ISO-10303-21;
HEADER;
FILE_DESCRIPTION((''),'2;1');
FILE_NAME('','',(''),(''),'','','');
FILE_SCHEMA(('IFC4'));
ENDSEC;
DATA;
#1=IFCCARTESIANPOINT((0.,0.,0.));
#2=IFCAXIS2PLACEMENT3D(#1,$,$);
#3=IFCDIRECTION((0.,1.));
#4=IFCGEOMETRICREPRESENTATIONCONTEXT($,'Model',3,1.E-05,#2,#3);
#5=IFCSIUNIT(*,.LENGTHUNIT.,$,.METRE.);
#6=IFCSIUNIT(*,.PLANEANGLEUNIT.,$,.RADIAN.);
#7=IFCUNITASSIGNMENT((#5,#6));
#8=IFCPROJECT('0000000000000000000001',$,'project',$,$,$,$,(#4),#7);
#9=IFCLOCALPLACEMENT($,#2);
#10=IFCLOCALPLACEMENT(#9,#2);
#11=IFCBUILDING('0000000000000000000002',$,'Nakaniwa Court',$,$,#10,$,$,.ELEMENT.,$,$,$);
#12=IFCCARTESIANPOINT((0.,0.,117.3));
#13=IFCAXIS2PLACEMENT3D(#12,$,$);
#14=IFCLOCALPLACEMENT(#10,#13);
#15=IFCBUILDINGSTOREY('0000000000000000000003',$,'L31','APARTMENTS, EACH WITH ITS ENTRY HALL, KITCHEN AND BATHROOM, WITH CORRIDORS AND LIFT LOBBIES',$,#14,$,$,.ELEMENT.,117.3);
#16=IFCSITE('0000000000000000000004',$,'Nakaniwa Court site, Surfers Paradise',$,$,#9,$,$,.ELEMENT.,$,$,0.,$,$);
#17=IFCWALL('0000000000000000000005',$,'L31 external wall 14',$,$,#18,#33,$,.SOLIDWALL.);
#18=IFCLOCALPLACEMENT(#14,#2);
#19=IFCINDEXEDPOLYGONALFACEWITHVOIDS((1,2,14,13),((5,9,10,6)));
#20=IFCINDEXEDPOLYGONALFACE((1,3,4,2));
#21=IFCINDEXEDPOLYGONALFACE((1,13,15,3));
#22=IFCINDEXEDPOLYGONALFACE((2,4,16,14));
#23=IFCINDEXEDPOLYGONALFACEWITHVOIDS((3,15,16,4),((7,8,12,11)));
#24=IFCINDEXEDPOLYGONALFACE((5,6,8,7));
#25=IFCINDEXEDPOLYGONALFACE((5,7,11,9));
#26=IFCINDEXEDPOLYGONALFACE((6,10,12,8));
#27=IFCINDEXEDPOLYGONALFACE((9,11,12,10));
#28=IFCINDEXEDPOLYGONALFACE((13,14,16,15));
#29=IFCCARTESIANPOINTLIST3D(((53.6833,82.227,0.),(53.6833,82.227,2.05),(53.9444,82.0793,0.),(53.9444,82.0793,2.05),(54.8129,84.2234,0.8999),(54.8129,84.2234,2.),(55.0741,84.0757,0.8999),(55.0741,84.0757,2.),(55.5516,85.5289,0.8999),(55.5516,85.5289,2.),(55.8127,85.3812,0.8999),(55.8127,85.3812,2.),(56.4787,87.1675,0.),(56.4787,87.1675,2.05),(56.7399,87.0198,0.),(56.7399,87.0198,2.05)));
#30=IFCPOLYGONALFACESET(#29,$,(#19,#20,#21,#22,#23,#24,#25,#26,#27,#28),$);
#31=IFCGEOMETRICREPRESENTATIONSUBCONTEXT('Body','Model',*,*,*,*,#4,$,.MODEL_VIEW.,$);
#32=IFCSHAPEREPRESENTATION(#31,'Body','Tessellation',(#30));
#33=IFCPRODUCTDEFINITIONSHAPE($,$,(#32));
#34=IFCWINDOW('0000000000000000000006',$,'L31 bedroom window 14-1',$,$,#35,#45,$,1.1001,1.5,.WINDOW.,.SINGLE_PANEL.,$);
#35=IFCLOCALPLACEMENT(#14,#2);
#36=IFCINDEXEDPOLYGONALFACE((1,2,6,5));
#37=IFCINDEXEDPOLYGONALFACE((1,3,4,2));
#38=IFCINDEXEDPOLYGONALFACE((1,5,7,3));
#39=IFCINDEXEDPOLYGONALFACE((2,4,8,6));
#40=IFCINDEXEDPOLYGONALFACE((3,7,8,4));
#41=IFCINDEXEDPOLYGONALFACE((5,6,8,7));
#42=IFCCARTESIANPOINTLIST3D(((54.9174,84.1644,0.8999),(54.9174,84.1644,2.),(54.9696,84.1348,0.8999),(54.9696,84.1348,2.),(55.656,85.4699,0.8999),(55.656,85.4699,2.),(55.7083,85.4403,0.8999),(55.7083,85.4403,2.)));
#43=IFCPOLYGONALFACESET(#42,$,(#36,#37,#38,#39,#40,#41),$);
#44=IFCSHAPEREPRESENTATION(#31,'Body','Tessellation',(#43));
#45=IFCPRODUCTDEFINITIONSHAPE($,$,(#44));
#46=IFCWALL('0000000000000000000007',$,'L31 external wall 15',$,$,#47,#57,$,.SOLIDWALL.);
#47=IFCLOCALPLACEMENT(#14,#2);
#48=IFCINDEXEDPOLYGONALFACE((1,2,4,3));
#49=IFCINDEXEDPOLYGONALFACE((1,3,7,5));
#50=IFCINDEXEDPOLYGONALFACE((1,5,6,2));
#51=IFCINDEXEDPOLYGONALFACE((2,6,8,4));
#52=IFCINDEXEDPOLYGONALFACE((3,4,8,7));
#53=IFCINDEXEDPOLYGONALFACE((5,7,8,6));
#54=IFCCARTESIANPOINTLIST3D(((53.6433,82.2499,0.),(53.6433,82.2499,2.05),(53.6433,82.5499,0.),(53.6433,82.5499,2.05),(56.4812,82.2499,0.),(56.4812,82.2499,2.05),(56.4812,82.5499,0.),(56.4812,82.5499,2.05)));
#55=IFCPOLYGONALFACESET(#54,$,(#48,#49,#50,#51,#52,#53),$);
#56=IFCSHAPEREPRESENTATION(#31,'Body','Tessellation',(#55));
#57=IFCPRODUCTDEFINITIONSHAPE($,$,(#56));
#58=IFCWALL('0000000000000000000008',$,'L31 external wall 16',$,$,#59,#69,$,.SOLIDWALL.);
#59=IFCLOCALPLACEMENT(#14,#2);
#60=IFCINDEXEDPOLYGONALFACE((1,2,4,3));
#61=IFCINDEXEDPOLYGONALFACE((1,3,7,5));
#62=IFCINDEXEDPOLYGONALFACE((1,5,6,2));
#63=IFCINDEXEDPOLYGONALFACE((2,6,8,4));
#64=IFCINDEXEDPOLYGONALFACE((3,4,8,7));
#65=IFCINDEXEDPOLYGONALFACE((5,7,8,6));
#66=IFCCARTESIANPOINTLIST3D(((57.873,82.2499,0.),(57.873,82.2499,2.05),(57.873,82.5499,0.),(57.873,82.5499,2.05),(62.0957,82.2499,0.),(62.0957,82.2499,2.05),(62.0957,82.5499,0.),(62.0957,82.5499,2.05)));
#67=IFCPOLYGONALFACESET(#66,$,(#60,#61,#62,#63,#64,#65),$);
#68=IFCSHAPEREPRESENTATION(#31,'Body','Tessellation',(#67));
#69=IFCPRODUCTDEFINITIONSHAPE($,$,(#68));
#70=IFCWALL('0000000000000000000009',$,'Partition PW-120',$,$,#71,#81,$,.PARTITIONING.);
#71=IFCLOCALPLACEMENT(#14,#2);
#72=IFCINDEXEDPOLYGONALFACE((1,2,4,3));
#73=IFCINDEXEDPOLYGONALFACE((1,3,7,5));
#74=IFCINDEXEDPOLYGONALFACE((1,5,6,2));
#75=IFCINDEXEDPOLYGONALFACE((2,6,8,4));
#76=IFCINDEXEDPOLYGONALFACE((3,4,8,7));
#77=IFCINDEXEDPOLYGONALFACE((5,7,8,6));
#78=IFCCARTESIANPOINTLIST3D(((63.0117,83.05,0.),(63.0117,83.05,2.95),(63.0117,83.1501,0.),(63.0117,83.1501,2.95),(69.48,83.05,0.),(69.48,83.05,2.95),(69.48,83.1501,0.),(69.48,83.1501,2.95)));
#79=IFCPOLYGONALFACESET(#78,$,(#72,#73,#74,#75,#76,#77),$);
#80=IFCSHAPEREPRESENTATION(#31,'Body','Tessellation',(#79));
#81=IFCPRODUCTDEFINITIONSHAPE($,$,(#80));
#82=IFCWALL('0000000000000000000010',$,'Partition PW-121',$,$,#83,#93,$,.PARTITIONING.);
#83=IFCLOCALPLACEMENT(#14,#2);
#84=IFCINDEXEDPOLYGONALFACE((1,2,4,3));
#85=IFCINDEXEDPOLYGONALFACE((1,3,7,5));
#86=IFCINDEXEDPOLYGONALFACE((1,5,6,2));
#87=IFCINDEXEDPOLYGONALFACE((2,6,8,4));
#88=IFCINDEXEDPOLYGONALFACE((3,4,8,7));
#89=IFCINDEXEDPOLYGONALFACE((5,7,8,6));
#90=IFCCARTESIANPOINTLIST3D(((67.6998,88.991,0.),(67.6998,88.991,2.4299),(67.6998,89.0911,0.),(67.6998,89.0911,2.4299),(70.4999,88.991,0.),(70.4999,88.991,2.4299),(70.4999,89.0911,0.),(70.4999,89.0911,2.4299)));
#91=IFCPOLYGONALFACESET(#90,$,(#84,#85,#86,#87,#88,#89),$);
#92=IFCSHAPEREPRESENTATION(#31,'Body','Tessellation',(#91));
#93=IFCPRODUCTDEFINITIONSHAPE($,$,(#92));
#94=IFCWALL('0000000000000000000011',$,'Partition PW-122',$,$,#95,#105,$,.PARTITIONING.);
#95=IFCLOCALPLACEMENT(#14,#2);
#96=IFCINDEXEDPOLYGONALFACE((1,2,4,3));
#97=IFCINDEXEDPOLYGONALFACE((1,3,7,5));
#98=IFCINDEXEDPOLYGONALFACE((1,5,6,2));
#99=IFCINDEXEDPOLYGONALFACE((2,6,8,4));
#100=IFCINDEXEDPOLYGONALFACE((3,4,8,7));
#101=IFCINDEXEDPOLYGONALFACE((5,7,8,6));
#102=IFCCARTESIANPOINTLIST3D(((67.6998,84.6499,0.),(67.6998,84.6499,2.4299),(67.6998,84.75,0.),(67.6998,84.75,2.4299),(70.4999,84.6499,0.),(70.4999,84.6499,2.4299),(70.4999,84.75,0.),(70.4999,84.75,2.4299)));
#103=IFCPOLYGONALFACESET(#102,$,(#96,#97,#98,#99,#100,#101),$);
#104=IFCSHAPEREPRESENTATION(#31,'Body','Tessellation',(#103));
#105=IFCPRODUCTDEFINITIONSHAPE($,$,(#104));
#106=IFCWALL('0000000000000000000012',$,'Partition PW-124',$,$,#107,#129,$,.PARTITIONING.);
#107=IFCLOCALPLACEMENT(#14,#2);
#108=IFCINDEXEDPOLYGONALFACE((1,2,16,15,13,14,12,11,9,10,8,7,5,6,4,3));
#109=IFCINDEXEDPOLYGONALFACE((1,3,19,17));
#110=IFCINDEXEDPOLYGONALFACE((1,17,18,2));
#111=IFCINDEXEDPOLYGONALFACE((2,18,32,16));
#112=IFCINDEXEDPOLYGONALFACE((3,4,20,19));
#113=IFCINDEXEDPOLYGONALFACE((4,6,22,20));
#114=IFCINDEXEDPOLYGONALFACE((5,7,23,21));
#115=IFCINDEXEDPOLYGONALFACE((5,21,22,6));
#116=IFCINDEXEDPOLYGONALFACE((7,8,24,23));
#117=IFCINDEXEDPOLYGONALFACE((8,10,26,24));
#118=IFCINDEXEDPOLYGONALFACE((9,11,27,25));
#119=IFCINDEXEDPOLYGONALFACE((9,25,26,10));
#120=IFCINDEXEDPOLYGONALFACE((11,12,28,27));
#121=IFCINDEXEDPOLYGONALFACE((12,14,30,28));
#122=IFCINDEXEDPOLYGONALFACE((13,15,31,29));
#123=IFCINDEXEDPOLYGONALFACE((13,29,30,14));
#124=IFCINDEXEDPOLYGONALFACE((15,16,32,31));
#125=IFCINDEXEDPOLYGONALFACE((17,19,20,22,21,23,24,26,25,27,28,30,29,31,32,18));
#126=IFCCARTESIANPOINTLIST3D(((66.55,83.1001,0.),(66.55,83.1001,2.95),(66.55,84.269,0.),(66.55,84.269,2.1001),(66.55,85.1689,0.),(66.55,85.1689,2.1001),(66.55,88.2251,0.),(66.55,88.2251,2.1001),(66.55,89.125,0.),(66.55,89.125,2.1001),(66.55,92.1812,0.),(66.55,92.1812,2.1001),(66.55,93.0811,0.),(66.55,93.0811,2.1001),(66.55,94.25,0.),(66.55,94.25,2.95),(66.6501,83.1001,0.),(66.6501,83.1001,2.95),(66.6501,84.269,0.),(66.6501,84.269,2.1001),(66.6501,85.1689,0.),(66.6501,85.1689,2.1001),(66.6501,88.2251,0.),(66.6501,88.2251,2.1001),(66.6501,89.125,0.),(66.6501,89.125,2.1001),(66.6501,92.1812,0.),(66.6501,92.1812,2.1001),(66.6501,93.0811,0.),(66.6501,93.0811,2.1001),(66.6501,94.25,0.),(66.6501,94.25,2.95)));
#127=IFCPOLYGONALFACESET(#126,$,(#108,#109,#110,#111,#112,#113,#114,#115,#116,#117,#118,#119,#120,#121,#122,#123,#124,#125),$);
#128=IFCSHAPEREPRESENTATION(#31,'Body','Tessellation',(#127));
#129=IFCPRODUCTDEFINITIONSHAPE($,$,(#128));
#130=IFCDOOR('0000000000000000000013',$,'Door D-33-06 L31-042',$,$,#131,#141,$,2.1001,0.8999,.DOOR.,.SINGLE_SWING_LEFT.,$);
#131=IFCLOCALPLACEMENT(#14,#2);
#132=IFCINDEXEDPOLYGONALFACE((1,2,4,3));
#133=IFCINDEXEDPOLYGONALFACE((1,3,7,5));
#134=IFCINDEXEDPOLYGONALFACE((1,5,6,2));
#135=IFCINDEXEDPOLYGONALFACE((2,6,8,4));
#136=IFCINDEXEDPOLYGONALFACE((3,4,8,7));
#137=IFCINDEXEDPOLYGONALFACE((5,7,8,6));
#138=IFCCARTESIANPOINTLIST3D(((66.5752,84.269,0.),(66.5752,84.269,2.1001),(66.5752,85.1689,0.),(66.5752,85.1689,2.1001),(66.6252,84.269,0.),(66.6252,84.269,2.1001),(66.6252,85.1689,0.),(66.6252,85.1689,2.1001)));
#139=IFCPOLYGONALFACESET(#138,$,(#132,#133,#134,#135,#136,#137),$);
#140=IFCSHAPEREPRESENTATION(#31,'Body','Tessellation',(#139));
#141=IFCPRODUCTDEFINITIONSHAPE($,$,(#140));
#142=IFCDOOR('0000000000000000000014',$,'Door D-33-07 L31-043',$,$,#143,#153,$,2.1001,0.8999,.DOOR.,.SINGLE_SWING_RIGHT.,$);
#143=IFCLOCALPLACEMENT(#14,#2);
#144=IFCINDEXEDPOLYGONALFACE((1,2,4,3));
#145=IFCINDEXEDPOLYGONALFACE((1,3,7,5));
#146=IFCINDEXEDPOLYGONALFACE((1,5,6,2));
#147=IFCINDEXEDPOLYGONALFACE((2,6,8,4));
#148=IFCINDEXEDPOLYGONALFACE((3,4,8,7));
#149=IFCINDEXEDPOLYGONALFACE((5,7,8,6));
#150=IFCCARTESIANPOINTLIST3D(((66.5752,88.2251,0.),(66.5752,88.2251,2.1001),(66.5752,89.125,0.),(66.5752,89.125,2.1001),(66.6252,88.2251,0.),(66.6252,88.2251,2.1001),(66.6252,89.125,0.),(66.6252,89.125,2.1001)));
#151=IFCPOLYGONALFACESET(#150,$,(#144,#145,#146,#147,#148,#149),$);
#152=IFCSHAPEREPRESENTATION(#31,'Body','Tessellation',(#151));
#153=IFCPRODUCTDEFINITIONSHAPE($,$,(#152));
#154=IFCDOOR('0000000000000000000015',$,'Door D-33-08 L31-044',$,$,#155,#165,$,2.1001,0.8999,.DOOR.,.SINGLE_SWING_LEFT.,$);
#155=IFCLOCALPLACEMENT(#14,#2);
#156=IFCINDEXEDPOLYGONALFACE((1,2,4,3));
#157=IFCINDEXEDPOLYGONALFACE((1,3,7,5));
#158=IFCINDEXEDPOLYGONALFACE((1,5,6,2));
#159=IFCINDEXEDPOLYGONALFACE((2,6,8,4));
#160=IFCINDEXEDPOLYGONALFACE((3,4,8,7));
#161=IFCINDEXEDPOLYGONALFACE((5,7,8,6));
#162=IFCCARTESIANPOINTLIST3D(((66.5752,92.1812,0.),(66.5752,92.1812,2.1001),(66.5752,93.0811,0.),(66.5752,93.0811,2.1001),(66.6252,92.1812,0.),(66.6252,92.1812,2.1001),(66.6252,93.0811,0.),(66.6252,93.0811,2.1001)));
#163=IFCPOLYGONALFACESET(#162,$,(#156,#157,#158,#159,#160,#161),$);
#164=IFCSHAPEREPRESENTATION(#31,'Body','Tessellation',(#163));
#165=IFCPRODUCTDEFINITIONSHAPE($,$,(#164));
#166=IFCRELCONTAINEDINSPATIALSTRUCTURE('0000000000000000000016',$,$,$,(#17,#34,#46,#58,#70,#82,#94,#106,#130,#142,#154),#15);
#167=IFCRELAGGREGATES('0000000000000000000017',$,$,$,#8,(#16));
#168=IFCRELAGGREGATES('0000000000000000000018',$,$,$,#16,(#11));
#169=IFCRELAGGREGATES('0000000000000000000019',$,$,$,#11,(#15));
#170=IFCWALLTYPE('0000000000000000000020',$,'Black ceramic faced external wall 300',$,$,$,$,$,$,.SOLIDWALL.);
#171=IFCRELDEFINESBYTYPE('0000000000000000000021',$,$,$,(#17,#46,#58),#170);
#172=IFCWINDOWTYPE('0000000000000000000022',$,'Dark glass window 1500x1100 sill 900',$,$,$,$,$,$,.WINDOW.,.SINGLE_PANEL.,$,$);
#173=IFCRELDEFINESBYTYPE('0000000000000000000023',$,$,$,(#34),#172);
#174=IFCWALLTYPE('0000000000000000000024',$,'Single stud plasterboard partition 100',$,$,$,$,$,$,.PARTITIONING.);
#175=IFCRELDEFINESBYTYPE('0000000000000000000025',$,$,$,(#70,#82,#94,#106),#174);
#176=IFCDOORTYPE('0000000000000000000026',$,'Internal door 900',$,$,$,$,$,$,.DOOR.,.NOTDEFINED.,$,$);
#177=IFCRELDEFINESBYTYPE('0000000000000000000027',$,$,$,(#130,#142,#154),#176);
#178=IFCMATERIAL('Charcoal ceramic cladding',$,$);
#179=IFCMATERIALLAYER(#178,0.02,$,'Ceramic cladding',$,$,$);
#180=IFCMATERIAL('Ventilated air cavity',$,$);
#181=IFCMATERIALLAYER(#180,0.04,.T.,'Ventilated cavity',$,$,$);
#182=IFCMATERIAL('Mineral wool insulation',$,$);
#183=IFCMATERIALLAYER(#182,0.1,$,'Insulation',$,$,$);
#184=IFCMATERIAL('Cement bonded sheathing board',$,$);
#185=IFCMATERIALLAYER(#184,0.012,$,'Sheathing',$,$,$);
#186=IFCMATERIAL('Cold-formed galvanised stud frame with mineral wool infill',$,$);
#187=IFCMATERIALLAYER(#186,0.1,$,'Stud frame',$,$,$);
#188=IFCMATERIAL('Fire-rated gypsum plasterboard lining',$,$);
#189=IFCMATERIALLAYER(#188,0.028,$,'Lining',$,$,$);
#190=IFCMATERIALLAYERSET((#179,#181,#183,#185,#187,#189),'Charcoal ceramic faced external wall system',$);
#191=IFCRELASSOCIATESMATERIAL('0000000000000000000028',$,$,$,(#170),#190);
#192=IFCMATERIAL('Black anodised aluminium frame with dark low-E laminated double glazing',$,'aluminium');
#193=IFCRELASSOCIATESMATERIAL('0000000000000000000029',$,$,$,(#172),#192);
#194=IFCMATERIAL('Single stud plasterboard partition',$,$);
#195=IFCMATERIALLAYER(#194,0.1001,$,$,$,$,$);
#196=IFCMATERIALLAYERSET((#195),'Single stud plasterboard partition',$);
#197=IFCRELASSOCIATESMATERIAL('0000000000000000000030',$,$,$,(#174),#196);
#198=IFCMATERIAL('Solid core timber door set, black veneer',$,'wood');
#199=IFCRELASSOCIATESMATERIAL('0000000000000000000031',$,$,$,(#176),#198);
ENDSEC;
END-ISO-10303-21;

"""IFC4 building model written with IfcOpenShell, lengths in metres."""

from ifc_helpers import new_model, si_unit, direction, frame, frame_2d, origin, place, context, subcontext, project, spatial, rectangle, extrude, material, layer, layer_set, type_object, element, fill, save


model = new_model("IFC4")

# Units and contexts
model_context = context("Model", 3, precision=1e-05, world=origin(), true_north=direction((0.0, 1.0)))
body_context = subcontext(model_context, "Body", "Model", "MODEL_VIEW")
ifc_project = project(units=[si_unit("LENGTHUNIT", "METRE"), si_unit("PLANEANGLEUNIT", "RADIAN")], contexts=[model_context])

# Site, building, storey
site_placement = place(None, origin())
site = spatial("IfcSite", under=ifc_project, at=site_placement, Name="Nakaniwa Court site, Surfers Paradise", CompositionType="ELEMENT", RefElevation=0.0)
building_placement = place(site_placement, origin())
building = spatial("IfcBuilding", under=site, at=building_placement, Name="Nakaniwa Court", CompositionType="ELEMENT")
storey_placement = place(building_placement, frame((0.0, 0.0, 117.3)))
storey = spatial("IfcBuildingStorey", under=building, at=storey_placement, Name="L31", Description="APARTMENTS, EACH WITH ITS ENTRY HALL, KITCHEN AND BATHROOM, WITH CORRIDORS AND LIFT LOBBIES", CompositionType="ELEMENT", Elevation=117.3)

# Shared definitions
ifc_material_1 = material(Name="Charcoal ceramic cladding")
ifc_layer_1 = layer(ifc_material_1, 0.02, Name="Ceramic cladding")
ifc_material_2 = material(Name="Ventilated air cavity")
ifc_layer_2 = layer(ifc_material_2, 0.04, ventilated=True, Name="Ventilated cavity")
ifc_material_3 = material(Name="Mineral wool insulation")
ifc_layer_3 = layer(ifc_material_3, 0.1, Name="Insulation")
ifc_material_4 = material(Name="Cement bonded sheathing board")
ifc_layer_4 = layer(ifc_material_4, 0.012, Name="Sheathing")
ifc_material_5 = material(Name="Cold-formed galvanised stud frame with mineral wool infill")
ifc_layer_5 = layer(ifc_material_5, 0.1, Name="Stud frame")
ifc_material_6 = material(Name="Fire-rated gypsum plasterboard lining")
ifc_layer_6 = layer(ifc_material_6, 0.028, Name="Lining")
ifc_layer_set_1 = layer_set([ifc_layer_1, ifc_layer_2, ifc_layer_3, ifc_layer_4, ifc_layer_5, ifc_layer_6], Name="Charcoal ceramic faced external wall system")
wall_type_1 = type_object("IfcWallType", Name="Black ceramic faced external wall 300", PredefinedType="SOLIDWALL", material=ifc_layer_set_1)

# Wall, opening, window
wall_1_placement = place(storey_placement, frame((56.6094, 87.0938, 0.0), z_axis=(0.0, 0.0, 1.0), x_axis=(-0.492457, -0.870337, 0.0)))
wall_1 = element("IfcWall", 1, at=wall_1_placement, inside=storey, type_object=wall_type_1, Name="L31 external wall 14", PredefinedType="SOLIDWALL", context=body_context, shape_type="SweptSolid", body=[
    extrude(rectangle(XDim=5.6765, YDim=0.3, at=frame_2d((2.8384, 0.0))), origin(), (0.0, 0.0, 1.0), 2.05),
])
opening_1_placement = place(wall_1_placement, frame((1.8828, 0.0, 0.8999)))
opening_1 = element("IfcOpeningElement", 2, at=opening_1_placement, cuts=wall_1, PredefinedType="OPENING", context=body_context, shape_type="SweptSolid", body=[
    extrude(rectangle(XDim=1.5, YDim=1.1001, at=frame_2d((0.75, 0.55))), frame((0.0, 0.1599, 0.0), z_axis=(0.0, -1.0, 0.0), x_axis=(1.0, 0.0, 0.0)), (0.0, 0.0, 1.0), 0.3201),
])
ifc_material_7 = material(Name="Black anodised aluminium frame with dark low-E laminated double glazing", Category="aluminium")
window_type = type_object("IfcWindowType", Name="Dark glass window 1500x1100 sill 900", PartitioningType="SINGLE_PANEL", PredefinedType="WINDOW", material=ifc_material_7)
window_placement = place(opening_1_placement, origin())
window = element("IfcWindow", 3, at=window_placement, inside=storey, type_object=window_type, Name="L31 bedroom window 14-1", OverallHeight=1.1001, OverallWidth=1.5, PartitioningType="SINGLE_PANEL", PredefinedType="WINDOW", context=body_context, shape_type="SweptSolid", body=[
    extrude(rectangle(XDim=1.5, YDim=1.1001, at=frame_2d((0.75, 0.55))), frame((0.0, 0.03, 0.0), z_axis=(0.0, -1.0, 0.0), x_axis=(1.0, 0.0, 0.0)), (0.0, 0.0, 1.0), 0.0601),
])
fill(opening_1, window)

# Walls
wall_2_placement = place(storey_placement, frame((53.6433, 82.3999, 0.0), z_axis=(0.0, 0.0, 1.0), x_axis=(1.0, 0.0, 0.0)))
element("IfcWall", 4, at=wall_2_placement, inside=storey, type_object=wall_type_1, Name="L31 external wall 15", PredefinedType="SOLIDWALL", context=body_context, shape_type="SweptSolid", body=[
    extrude(rectangle(XDim=2.8379, YDim=0.3, at=frame_2d((1.4189, 0.0))), origin(), (0.0, 0.0, 1.0), 2.05),
])
wall_3_placement = place(storey_placement, frame((57.873, 82.3999, 0.0), z_axis=(0.0, 0.0, 1.0), x_axis=(1.0, 0.0, 0.0)))
element("IfcWall", 5, at=wall_3_placement, inside=storey, type_object=wall_type_1, Name="L31 external wall 16", PredefinedType="SOLIDWALL", context=body_context, shape_type="SweptSolid", body=[
    extrude(rectangle(XDim=4.2227, YDim=0.3, at=frame_2d((2.1113, 0.0))), origin(), (0.0, 0.0, 1.0), 2.05),
])
ifc_material_8 = material(Name="Single stud plasterboard partition")
ifc_layer_7 = layer(ifc_material_8, 0.1001)
ifc_layer_set_2 = layer_set([ifc_layer_7], Name="Single stud plasterboard partition")
wall_type_2 = type_object("IfcWallType", Name="Single stud plasterboard partition 100", PredefinedType="PARTITIONING", material=ifc_layer_set_2)
wall_4_placement = place(storey_placement, frame((63.0117, 83.1001, 0.0), z_axis=(0.0, 0.0, 1.0), x_axis=(1.0, 0.0, 0.0)))
element("IfcWall", 6, at=wall_4_placement, inside=storey, type_object=wall_type_2, Name="Partition PW-120", PredefinedType="PARTITIONING", context=body_context, shape_type="SweptSolid", body=[
    extrude(rectangle(XDim=6.4683, YDim=0.1001, at=frame_2d((3.2341, 0.0))), origin(), (0.0, 0.0, 1.0), 2.95),
])
for number, where, z_axis, x_axis, name in (
    (7, (67.7, 89.041, 0.0), (0.0, 0.0, 1.0), (1.0, 0.0, 0.0), "Partition PW-121"),
    (8, (67.7, 84.7, 0.0), (0.0, 0.0, 1.0), (1.0, 0.0, 0.0), "Partition PW-122"),
):
    element("IfcWall", number, at=place(storey_placement, frame(where, z_axis=z_axis, x_axis=x_axis)), inside=storey, type_object=wall_type_2, Name=name, PredefinedType="PARTITIONING", context=body_context, shape_type="SweptSolid", body=[
        extrude(rectangle(XDim=2.8, YDim=0.1001, at=frame_2d((1.3999, 0.0))), origin(), (0.0, 0.0, 1.0), 2.4299),
    ])

# Wall, openings, doors
wall_5_placement = place(storey_placement, frame((66.6001, 83.1001, 0.0), z_axis=(0.0, 0.0, 1.0), x_axis=(0.0, 1.0, 0.0)))
wall_5 = element("IfcWall", 9, at=wall_5_placement, inside=storey, type_object=wall_type_2, Name="Partition PW-124", PredefinedType="PARTITIONING", context=body_context, shape_type="SweptSolid", body=[
    extrude(rectangle(XDim=11.1499, YDim=0.1001, at=frame_2d((5.575, 0.0))), origin(), (0.0, 0.0, 1.0), 2.95),
])
opening_2_placement = place(wall_5_placement, frame((1.1689, 0.0, 0.0)))
opening_2 = element("IfcOpeningElement", 10, at=opening_2_placement, cuts=wall_5, PredefinedType="OPENING", context=body_context, shape_type="SweptSolid", body=[
    extrude(rectangle(XDim=0.8999, YDim=2.1001, at=frame_2d((0.45, 1.05))), frame((0.0, 0.0601, 0.0), z_axis=(0.0, -1.0, 0.0), x_axis=(1.0, 0.0, 0.0)), (0.0, 0.0, 1.0), 0.1201),
])
opening_3_placement = place(wall_5_placement, frame((5.125, 0.0, 0.0)))
opening_3 = element("IfcOpeningElement", 11, at=opening_3_placement, cuts=wall_5, PredefinedType="OPENING", context=body_context, shape_type="SweptSolid", body=[
    extrude(rectangle(XDim=0.8999, YDim=2.1001, at=frame_2d((0.45, 1.05))), frame((0.0, 0.0601, 0.0), z_axis=(0.0, -1.0, 0.0), x_axis=(1.0, 0.0, 0.0)), (0.0, 0.0, 1.0), 0.1201),
])
opening_4_placement = place(wall_5_placement, frame((9.0811, 0.0, 0.0)))
opening_4 = element("IfcOpeningElement", 12, at=opening_4_placement, cuts=wall_5, PredefinedType="OPENING", context=body_context, shape_type="SweptSolid", body=[
    extrude(rectangle(XDim=0.8999, YDim=2.1001, at=frame_2d((0.45, 1.05))), frame((0.0, 0.0601, 0.0), z_axis=(0.0, -1.0, 0.0), x_axis=(1.0, 0.0, 0.0)), (0.0, 0.0, 1.0), 0.1201),
])
ifc_material_9 = material(Name="Solid core timber door set, black veneer", Category="wood")
door_type_1 = type_object("IfcDoorType", Name="Internal door 900", OperationType="NOTDEFINED", PredefinedType="DOOR", material=ifc_material_9)
door_1_placement = place(opening_2_placement, origin())
door_1 = element("IfcDoor", 13, at=door_1_placement, inside=storey, type_object=door_type_1, Name="Door D-33-06 L31-042", OperationType="SINGLE_SWING_LEFT", OverallHeight=2.1001, OverallWidth=0.8999, PredefinedType="DOOR", context=body_context, shape_type="SweptSolid", body=[
    extrude(rectangle(XDim=0.8999, YDim=2.1001, at=frame_2d((0.45, 1.05))), frame((0.0, 0.0249, 0.0), z_axis=(0.0, -1.0, 0.0), x_axis=(1.0, 0.0, 0.0)), (0.0, 0.0, 1.0), 0.05),
])
fill(opening_2, door_1)
door_2_placement = place(opening_3_placement, origin())
door_2 = element("IfcDoor", 14, at=door_2_placement, inside=storey, type_object=door_type_1, Name="Door D-33-07 L31-043", OperationType="SINGLE_SWING_RIGHT", OverallHeight=2.1001, OverallWidth=0.8999, PredefinedType="DOOR", context=body_context, shape_type="SweptSolid", body=[
    extrude(rectangle(XDim=0.8999, YDim=2.1001, at=frame_2d((0.45, 1.05))), frame((0.0, 0.0249, 0.0), z_axis=(0.0, -1.0, 0.0), x_axis=(1.0, 0.0, 0.0)), (0.0, 0.0, 1.0), 0.05),
])
fill(opening_3, door_2)
door_3_placement = place(opening_4_placement, origin())
door_3 = element("IfcDoor", 15, at=door_3_placement, inside=storey, type_object=door_type_1, Name="Door D-33-08 L31-044", OperationType="SINGLE_SWING_LEFT", OverallHeight=2.1001, OverallWidth=0.8999, PredefinedType="DOOR", context=body_context, shape_type="SweptSolid", body=[
    extrude(rectangle(XDim=0.8999, YDim=2.1001, at=frame_2d((0.45, 1.05))), frame((0.0, 0.0249, 0.0), z_axis=(0.0, -1.0, 0.0), x_axis=(1.0, 0.0, 0.0)), (0.0, 0.0, 1.0), 0.05),
])
fill(opening_4, door_3)

save(model, "model.ifc")
